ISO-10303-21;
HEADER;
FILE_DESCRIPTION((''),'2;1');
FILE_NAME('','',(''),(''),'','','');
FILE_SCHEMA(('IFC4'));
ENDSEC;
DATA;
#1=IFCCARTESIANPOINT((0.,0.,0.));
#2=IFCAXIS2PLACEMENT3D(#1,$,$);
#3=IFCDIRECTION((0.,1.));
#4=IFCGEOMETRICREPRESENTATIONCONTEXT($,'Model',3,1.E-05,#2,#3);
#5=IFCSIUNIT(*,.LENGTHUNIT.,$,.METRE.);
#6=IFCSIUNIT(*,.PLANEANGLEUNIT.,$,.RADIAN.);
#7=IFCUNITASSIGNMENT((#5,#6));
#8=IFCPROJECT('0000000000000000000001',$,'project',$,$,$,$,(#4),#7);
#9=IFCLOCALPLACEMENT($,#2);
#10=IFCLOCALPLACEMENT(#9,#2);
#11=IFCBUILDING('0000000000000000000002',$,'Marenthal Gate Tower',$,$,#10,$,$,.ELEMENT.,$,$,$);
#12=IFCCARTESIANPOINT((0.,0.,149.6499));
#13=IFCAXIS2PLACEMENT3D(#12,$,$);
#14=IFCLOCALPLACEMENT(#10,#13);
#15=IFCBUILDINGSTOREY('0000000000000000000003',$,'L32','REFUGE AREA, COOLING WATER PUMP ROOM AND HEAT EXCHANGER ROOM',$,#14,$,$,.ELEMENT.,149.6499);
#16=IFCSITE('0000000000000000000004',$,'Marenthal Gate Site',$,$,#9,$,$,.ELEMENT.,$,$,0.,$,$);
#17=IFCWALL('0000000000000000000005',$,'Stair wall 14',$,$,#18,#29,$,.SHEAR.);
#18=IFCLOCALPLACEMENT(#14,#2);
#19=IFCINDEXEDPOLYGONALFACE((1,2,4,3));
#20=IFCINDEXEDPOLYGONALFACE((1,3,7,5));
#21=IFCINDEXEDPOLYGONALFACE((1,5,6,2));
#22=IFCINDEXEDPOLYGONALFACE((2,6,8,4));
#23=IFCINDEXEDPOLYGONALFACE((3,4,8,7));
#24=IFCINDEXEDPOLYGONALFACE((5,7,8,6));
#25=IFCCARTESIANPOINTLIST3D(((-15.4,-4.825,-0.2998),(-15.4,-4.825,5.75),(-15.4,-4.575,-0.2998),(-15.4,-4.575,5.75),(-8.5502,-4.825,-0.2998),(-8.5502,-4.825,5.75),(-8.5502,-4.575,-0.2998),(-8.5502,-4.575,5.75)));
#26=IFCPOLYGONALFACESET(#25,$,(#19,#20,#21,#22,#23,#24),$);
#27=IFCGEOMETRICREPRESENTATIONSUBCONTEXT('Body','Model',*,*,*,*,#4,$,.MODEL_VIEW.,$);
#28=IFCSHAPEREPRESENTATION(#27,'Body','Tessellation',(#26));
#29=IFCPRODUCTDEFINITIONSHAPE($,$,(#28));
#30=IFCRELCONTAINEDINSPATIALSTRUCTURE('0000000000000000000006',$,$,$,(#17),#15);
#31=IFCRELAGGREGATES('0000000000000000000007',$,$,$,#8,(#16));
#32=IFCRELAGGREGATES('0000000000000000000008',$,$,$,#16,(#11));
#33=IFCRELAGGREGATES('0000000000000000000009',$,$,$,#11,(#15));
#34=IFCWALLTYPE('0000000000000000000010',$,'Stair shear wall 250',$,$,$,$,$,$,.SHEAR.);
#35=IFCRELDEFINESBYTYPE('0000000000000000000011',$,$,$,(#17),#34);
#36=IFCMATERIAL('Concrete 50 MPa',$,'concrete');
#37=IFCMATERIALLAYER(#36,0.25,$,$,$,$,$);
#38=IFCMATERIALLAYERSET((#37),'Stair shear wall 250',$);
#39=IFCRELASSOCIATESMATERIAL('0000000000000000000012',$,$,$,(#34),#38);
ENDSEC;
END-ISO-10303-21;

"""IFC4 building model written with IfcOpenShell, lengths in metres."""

from ifc_helpers import new_model, si_unit, direction, frame, frame_2d, origin, place, context, subcontext, project, spatial, rectangle, extrude, material, layer, layer_set, type_object, element, save


model = new_model("IFC4")

# Units and contexts
model_context = context("Model", 3, precision=1e-05, world=origin(), true_north=direction((0.0, 1.0)))
body_context = subcontext(model_context, "Body", "Model", "MODEL_VIEW")
ifc_project = project(units=[si_unit("LENGTHUNIT", "METRE"), si_unit("PLANEANGLEUNIT", "RADIAN")], contexts=[model_context])

# Site, building, storey
site_placement = place(None, origin())
site = spatial("IfcSite", under=ifc_project, at=site_placement, Name="Marenthal Gate Site", CompositionType="ELEMENT", RefElevation=0.0)
building_placement = place(site_placement, origin())
building = spatial("IfcBuilding", under=site, at=building_placement, Name="Marenthal Gate Tower", CompositionType="ELEMENT")
storey_placement = place(building_placement, frame((0.0, 0.0, 149.6499)))
storey = spatial("IfcBuildingStorey", under=building, at=storey_placement, Name="L32", Description="REFUGE AREA, COOLING WATER PUMP ROOM AND HEAT EXCHANGER ROOM", CompositionType="ELEMENT", Elevation=149.6499)

# Shared definitions
ifc_material_1 = material(Name="Concrete 50 MPa", Category="concrete")
ifc_layer_1 = layer(ifc_material_1, 0.25)
ifc_layer_set_1 = layer_set([ifc_layer_1], Name="Stair shear wall 250")
wall_type_1 = type_object("IfcWallType", Name="Stair shear wall 250", PredefinedType="SHEAR", material=ifc_layer_set_1)

# Wall
wall_1_placement = place(storey_placement, frame((-15.3999, -4.7, -0.2998), z_axis=(0.0, 0.0, 1.0), x_axis=(1.0, 0.0, 0.0)))
element("IfcWall", 1, at=wall_1_placement, inside=storey, type_object=wall_type_1, Name="Stair wall 14", PredefinedType="SHEAR", context=body_context, shape_type="SweptSolid", body=[
    extrude(rectangle(XDim=6.8499, YDim=0.25, at=frame_2d((3.4248, 0.0))), origin(), (0.0, 0.0, 1.0), 6.0498),
])

save(model, "model.ifc")
